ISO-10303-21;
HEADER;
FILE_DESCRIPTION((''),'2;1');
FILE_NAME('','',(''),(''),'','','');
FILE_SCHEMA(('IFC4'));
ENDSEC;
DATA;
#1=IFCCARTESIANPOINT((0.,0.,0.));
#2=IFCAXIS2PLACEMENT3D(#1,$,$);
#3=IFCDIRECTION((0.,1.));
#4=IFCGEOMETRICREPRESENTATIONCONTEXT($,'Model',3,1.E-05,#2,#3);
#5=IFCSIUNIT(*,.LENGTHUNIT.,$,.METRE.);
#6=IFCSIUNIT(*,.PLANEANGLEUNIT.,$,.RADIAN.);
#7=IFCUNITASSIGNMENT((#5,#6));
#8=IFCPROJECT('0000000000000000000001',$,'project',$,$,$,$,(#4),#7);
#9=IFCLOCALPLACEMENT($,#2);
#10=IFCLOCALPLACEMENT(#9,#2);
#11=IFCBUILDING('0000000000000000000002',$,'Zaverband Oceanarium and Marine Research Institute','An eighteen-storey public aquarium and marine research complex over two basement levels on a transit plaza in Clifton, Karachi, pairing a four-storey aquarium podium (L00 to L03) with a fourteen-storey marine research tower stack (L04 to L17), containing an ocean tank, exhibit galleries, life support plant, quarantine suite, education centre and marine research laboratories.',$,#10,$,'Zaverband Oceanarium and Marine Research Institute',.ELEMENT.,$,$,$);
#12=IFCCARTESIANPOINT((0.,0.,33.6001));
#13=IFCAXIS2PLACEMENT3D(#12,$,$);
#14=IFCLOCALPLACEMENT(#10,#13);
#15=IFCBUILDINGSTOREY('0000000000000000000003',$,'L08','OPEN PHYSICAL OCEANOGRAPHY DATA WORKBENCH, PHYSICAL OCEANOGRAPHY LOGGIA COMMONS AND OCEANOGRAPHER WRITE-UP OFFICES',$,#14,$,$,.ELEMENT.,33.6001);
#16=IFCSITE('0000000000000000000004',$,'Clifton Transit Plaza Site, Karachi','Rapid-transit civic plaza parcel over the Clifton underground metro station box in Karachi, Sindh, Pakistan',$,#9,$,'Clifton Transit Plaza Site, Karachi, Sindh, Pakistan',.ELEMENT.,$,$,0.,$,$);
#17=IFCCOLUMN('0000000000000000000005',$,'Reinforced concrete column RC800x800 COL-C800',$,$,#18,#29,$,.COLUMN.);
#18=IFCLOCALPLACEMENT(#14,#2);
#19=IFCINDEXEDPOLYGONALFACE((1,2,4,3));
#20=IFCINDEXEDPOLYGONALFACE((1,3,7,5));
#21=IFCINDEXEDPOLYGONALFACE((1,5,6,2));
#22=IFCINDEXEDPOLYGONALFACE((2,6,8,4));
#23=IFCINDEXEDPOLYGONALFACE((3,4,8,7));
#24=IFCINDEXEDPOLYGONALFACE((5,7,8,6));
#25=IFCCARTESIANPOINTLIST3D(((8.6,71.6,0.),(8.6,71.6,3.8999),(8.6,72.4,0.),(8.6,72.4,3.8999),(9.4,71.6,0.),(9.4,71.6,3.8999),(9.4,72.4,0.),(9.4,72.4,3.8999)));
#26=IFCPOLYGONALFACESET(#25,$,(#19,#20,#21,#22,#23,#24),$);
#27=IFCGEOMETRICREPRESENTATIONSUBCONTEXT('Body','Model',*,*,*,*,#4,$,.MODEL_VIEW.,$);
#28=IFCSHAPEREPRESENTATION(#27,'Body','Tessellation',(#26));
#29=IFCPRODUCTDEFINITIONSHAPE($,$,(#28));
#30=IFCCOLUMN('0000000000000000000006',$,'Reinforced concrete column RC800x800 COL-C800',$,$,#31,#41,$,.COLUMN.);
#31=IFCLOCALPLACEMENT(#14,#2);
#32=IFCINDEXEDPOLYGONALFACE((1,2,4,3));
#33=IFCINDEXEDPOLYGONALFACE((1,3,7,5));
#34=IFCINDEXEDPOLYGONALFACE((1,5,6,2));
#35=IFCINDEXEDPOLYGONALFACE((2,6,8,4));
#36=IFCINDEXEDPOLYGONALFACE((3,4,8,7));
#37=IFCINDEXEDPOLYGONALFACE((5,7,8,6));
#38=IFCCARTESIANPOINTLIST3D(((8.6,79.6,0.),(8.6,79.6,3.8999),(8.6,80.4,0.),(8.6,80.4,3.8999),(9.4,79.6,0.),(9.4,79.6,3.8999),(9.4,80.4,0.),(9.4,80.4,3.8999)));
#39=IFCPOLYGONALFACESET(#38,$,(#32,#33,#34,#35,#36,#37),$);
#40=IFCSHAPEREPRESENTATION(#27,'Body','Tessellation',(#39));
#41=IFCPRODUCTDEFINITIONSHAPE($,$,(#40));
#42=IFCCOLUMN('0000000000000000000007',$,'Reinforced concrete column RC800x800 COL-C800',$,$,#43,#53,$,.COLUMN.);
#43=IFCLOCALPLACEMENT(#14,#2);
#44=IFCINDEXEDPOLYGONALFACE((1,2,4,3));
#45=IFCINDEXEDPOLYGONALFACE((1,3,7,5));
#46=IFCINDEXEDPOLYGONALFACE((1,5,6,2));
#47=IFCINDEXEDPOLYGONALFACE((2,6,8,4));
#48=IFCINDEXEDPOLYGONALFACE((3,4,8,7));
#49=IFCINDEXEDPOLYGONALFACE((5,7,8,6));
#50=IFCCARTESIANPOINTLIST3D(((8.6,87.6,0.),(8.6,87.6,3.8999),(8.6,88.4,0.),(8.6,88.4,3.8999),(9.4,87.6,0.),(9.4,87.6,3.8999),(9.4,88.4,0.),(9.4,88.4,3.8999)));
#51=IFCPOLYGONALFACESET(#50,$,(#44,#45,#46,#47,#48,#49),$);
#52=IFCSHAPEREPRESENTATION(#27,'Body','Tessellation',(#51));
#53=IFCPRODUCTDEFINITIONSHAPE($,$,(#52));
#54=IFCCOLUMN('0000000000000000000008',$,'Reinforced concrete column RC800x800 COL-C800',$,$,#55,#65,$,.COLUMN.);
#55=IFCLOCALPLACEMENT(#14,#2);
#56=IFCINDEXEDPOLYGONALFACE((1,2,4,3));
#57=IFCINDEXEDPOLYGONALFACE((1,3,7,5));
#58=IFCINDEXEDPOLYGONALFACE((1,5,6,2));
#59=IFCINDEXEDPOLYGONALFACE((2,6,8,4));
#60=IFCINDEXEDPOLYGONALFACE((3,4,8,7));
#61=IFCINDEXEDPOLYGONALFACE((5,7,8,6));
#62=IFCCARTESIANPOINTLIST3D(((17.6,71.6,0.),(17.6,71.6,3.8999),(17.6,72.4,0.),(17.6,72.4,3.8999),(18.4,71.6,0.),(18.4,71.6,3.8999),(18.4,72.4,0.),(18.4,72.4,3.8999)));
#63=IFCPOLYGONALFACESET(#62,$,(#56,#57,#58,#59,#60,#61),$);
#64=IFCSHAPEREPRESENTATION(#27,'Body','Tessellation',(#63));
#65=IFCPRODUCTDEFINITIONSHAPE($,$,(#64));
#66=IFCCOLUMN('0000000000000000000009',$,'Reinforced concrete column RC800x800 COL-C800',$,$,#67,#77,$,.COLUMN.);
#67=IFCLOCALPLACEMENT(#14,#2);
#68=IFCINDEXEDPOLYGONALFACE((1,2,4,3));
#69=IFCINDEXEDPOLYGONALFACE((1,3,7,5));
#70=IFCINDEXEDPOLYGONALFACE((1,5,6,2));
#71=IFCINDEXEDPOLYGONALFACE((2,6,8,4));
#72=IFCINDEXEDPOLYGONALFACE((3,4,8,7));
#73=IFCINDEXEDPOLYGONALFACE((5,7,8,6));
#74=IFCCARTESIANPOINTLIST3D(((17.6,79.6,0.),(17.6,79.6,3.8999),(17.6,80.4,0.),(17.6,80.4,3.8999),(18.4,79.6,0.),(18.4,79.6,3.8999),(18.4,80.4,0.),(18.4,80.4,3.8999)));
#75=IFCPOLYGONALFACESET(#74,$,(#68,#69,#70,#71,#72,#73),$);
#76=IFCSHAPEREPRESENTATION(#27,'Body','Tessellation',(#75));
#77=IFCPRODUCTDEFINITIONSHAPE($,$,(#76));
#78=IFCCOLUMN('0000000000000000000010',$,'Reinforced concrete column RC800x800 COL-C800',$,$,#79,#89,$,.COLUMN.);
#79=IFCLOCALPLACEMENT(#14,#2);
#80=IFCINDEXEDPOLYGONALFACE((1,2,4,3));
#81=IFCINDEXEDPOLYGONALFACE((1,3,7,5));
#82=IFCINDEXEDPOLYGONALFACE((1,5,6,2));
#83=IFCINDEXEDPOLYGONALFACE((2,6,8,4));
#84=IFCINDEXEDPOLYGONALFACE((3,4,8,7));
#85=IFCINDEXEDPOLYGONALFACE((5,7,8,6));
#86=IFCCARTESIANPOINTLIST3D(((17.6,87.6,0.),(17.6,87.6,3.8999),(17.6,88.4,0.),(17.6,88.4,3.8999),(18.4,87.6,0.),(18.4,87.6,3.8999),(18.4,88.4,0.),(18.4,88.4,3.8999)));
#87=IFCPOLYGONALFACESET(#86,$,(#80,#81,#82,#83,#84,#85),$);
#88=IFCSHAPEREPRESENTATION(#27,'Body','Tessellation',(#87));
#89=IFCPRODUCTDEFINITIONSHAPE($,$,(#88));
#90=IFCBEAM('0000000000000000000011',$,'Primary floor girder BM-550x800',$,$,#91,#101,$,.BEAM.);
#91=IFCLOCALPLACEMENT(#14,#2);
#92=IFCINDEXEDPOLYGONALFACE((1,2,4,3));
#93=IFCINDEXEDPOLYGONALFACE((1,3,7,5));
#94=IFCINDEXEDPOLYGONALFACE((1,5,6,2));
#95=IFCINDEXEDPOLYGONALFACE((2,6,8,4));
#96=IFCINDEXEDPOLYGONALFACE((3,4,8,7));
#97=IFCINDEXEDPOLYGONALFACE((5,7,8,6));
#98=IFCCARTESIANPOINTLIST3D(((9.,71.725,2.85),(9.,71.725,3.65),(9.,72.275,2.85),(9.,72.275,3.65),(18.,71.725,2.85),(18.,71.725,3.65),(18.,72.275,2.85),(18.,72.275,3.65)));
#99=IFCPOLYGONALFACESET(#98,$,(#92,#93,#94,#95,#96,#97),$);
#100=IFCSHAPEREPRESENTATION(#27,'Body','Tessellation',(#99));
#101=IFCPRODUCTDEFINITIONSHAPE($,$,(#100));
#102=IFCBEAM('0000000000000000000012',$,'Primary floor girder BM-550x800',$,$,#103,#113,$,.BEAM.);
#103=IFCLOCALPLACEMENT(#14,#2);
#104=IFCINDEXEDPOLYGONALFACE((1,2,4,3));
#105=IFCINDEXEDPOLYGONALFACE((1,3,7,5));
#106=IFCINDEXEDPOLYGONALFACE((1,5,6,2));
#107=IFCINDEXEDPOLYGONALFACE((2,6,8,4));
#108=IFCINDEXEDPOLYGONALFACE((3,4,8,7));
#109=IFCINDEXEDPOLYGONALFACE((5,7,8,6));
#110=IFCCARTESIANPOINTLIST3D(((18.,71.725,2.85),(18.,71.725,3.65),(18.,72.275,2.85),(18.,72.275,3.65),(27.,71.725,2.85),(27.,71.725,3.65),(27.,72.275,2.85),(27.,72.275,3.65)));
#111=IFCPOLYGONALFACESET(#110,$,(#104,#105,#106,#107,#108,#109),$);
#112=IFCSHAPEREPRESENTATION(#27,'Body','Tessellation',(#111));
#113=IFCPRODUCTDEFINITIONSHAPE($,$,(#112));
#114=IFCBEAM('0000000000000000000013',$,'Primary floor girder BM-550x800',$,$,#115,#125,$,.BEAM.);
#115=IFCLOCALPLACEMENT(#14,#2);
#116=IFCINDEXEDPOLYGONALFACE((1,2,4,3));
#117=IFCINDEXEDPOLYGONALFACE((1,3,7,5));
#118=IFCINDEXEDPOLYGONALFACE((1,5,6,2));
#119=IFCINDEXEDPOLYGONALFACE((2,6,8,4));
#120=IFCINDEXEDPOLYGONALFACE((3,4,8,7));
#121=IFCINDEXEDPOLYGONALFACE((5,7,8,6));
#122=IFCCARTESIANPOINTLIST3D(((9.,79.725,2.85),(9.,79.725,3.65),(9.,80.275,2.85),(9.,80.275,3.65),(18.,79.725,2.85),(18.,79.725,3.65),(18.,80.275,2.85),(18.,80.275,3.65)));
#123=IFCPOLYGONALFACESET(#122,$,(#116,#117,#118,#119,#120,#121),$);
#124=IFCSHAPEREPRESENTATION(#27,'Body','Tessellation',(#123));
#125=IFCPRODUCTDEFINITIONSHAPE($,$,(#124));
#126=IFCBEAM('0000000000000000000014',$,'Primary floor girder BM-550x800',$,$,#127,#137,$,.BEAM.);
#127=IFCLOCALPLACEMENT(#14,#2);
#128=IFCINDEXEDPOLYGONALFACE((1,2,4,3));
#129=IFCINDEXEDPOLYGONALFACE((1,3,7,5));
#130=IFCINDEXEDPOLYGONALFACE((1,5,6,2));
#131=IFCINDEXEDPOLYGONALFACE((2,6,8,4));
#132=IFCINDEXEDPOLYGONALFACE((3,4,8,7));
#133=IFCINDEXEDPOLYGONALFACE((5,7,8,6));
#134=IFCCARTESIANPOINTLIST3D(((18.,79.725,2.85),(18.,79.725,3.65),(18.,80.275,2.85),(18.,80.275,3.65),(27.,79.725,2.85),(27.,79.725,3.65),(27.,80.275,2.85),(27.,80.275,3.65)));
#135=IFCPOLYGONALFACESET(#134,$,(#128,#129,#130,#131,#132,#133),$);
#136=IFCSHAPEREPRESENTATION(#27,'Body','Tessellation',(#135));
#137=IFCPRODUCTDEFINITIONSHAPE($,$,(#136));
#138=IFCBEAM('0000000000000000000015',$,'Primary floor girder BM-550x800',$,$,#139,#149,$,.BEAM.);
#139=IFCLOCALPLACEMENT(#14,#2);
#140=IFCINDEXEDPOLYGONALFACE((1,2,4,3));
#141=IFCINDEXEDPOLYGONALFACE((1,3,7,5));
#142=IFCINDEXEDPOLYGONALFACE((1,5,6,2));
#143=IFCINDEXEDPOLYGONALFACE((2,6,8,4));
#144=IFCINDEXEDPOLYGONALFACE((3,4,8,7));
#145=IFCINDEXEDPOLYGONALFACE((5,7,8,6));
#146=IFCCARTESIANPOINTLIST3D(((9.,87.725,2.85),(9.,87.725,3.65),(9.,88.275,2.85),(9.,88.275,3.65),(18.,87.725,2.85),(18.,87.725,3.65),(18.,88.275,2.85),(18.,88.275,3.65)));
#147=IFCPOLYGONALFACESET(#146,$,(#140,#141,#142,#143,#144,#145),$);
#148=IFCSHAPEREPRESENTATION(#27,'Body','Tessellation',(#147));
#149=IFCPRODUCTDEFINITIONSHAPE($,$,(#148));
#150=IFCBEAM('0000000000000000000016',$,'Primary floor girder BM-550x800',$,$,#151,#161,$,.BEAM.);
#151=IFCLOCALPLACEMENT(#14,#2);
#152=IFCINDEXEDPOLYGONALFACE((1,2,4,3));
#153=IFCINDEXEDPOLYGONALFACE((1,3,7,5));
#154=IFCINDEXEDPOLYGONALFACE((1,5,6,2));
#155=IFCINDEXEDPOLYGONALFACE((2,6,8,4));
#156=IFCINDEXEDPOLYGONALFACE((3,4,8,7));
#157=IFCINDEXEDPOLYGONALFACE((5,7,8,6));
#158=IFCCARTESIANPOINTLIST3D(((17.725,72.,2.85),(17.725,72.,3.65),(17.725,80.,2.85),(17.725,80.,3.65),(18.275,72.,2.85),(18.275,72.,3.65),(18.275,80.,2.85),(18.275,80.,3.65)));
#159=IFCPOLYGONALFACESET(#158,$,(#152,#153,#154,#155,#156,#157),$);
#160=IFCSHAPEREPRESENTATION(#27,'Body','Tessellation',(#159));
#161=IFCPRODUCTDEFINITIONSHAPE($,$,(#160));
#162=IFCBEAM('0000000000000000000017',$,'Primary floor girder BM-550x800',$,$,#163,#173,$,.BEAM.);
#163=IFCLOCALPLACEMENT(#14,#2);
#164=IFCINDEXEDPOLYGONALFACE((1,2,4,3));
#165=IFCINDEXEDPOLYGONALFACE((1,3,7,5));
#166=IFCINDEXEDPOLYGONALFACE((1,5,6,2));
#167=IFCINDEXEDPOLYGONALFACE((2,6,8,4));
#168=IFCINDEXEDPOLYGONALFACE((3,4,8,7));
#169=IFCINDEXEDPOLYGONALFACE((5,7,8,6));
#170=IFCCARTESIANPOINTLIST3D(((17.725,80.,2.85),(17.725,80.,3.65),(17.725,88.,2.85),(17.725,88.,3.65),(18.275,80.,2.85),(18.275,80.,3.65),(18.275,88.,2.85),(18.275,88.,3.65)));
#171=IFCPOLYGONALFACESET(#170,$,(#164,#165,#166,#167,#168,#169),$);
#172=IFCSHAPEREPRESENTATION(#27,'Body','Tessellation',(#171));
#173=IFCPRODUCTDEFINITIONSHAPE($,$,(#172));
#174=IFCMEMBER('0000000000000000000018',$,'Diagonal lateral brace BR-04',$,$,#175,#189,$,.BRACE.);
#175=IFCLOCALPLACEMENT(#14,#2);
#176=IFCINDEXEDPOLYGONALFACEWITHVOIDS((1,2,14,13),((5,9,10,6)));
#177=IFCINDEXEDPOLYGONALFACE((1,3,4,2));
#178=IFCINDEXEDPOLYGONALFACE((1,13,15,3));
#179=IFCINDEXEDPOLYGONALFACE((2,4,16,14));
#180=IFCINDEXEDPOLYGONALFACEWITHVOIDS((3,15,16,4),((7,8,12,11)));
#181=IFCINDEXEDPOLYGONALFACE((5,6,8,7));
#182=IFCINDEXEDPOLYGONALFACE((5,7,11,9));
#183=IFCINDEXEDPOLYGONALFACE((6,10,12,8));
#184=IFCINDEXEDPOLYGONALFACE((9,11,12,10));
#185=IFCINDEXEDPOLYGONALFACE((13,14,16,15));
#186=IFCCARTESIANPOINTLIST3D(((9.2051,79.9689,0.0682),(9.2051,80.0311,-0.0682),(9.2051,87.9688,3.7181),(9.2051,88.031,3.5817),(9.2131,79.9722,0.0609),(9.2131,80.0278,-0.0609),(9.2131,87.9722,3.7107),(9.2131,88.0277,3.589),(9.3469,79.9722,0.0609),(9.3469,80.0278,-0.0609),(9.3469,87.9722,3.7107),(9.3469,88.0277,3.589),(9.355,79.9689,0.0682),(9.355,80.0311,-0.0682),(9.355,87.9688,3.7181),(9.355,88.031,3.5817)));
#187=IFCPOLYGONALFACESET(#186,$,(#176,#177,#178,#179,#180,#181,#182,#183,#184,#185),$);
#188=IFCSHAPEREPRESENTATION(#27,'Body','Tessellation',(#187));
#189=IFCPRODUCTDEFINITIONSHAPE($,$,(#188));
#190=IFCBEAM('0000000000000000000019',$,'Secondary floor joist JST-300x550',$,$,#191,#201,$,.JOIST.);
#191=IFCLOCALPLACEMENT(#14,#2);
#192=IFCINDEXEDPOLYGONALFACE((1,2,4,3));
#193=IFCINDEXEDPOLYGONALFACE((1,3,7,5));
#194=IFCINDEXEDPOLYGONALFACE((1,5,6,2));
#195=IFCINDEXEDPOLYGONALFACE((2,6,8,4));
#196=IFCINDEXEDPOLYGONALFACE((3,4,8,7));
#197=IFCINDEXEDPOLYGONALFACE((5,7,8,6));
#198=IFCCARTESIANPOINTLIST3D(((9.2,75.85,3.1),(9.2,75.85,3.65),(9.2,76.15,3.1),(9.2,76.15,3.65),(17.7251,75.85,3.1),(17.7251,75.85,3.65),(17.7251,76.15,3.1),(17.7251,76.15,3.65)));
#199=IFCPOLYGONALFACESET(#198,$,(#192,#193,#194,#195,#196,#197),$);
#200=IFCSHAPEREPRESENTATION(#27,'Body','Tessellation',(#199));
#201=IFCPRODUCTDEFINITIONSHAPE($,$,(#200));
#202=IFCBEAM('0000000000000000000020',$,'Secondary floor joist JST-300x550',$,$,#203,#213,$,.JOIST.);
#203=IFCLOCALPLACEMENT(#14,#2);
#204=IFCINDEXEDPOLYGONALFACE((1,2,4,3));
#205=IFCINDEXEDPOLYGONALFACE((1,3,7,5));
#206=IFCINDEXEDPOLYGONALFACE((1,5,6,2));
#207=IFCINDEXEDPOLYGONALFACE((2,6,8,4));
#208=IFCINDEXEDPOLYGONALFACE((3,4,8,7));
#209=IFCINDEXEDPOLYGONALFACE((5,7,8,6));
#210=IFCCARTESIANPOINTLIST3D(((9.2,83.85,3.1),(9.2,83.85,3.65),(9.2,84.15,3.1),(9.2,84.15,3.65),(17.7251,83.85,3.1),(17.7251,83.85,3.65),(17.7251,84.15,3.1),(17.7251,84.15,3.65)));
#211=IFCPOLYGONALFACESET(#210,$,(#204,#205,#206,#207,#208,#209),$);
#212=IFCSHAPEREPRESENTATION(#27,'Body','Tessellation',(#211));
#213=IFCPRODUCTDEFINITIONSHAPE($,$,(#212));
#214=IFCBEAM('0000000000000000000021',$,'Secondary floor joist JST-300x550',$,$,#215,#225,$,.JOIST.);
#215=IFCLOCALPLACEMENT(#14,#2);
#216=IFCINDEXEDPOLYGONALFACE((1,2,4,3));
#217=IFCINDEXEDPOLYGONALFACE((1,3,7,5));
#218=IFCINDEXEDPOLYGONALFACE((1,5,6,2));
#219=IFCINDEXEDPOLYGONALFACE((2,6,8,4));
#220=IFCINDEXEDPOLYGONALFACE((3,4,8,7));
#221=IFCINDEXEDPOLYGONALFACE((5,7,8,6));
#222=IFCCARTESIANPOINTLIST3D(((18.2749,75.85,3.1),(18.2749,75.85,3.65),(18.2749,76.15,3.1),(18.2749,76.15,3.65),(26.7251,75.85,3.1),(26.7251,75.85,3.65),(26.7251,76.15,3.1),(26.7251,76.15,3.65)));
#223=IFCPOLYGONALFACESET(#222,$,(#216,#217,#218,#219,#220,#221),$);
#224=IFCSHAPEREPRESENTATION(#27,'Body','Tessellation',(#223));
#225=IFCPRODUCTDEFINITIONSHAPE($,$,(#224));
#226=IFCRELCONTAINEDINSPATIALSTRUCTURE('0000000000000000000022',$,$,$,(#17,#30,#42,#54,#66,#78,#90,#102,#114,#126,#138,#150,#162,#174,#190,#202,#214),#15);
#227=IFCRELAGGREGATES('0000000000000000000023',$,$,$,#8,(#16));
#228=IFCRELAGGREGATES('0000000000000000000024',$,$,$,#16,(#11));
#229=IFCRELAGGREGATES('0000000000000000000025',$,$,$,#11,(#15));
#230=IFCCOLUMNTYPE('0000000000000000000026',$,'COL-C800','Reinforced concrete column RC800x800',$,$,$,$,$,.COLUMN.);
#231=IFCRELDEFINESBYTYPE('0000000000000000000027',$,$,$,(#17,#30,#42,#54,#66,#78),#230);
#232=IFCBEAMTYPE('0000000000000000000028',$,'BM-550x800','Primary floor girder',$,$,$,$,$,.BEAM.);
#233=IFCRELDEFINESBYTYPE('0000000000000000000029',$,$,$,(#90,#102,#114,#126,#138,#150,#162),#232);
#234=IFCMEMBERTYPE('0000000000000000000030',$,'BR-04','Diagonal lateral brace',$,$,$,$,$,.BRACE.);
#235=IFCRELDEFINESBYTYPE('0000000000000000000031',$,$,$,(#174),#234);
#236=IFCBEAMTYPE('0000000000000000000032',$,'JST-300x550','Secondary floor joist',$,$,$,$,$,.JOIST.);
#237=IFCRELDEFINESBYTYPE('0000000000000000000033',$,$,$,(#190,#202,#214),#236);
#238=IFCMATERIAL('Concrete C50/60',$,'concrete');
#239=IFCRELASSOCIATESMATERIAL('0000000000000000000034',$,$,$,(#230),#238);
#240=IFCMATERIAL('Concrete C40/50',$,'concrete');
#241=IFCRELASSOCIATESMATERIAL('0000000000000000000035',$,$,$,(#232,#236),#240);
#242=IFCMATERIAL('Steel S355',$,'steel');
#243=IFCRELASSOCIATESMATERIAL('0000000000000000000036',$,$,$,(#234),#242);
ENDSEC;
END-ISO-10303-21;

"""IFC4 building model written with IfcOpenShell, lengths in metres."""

from ifc_helpers import new_model, si_unit, direction, frame, origin, origin_2d, place, context, subcontext, project, spatial, rectangle, hollow_rectangle, extrude, material, material_profile, profile_set, type_object, element, save


model = new_model("IFC4")

# Units and contexts
model_context = context("Model", 3, precision=1e-05, world=origin(), true_north=direction((0.0, 1.0)))
body_context = subcontext(model_context, "Body", "Model", "MODEL_VIEW")
ifc_project = project(units=[si_unit("LENGTHUNIT", "METRE"), si_unit("PLANEANGLEUNIT", "RADIAN")], contexts=[model_context])

# Site, building, storey
site_placement = place(None, origin())
site = spatial("IfcSite", under=ifc_project, at=site_placement, Name="Clifton Transit Plaza Site, Karachi", Description="Rapid-transit civic plaza parcel over the Clifton underground metro station box in Karachi, Sindh, Pakistan", LongName="Clifton Transit Plaza Site, Karachi, Sindh, Pakistan", CompositionType="ELEMENT", RefElevation=0.0)
building_placement = place(site_placement, origin())
building = spatial("IfcBuilding", under=site, at=building_placement, Name="Zaverband Oceanarium and Marine Research Institute", Description="An eighteen-storey public aquarium and marine research complex over two basement levels on a transit plaza in Clifton, Karachi, pairing a four-storey aquarium podium (L00 to L03) with a fourteen-storey marine research tower stack (L04 to L17), containing an ocean tank, exhibit galleries, life support plant, quarantine suite, education centre and marine research laboratories.", LongName="Zaverband Oceanarium and Marine Research Institute", CompositionType="ELEMENT")
storey_placement = place(building_placement, frame((0.0, 0.0, 33.6001)))
storey = spatial("IfcBuildingStorey", under=building, at=storey_placement, Name="L08", Description="OPEN PHYSICAL OCEANOGRAPHY DATA WORKBENCH, PHYSICAL OCEANOGRAPHY LOGGIA COMMONS AND OCEANOGRAPHER WRITE-UP OFFICES", CompositionType="ELEMENT", Elevation=33.6001)

# Columns
ifc_material_1 = material(Name="Concrete C50/60", Category="concrete")
ifc_material_profile_1 = material_profile(ifc_material_1, rectangle(XDim=0.8, YDim=0.8, at=origin_2d()), Name="RC800x800")
ifc_profile_set_1 = profile_set([ifc_material_profile_1], Name="Concrete C50/60")
column_type = type_object("IfcColumnType", Name="COL-C800", Description="Reinforced concrete column RC800x800", PredefinedType="COLUMN", material=ifc_profile_set_1)
for number, where, z_axis, x_axis, name in (
    (1, (9.0, 72.0, 0.0), (0.0, 0.0, 1.0), (1.0, 0.0, 0.0), "Reinforced concrete column RC800x800 COL-C800"),
    (2, (9.0, 80.0, 0.0), (0.0, 0.0, 1.0), (1.0, 0.0, 0.0), "Reinforced concrete column RC800x800 COL-C800"),
    (3, (9.0, 88.0, 0.0), (0.0, 0.0, 1.0), (1.0, 0.0, 0.0), "Reinforced concrete column RC800x800 COL-C800"),
    (4, (18.0, 72.0, 0.0), (0.0, 0.0, 1.0), (1.0, 0.0, 0.0), "Reinforced concrete column RC800x800 COL-C800"),
    (5, (18.0, 80.0, 0.0), (0.0, 0.0, 1.0), (1.0, 0.0, 0.0), "Reinforced concrete column RC800x800 COL-C800"),
    (6, (18.0, 88.0, 0.0), (0.0, 0.0, 1.0), (1.0, 0.0, 0.0), "Reinforced concrete column RC800x800 COL-C800"),
):
    element("IfcColumn", number, at=place(storey_placement, frame(where, z_axis=z_axis, x_axis=x_axis)), inside=storey, type_object=column_type, Name=name, PredefinedType="COLUMN", context=body_context, shape_type="SweptSolid", body=[
        extrude(rectangle(XDim=0.8, YDim=0.8, at=origin_2d()), origin(), (0.0, 0.0, 1.0), 3.8999),
    ])

# Beams
ifc_material_2 = material(Name="Concrete C40/50", Category="concrete")
ifc_material_profile_2 = material_profile(ifc_material_2, rectangle(XDim=0.55, YDim=0.8, at=origin_2d()), Name="RC550x800")
ifc_profile_set_2 = profile_set([ifc_material_profile_2], Name="Concrete C40/50")
beam_type_1 = type_object("IfcBeamType", Name="BM-550x800", Description="Primary floor girder", PredefinedType="BEAM", material=ifc_profile_set_2)
for number, where, z_axis, x_axis, name in (
    (7, (9.0, 72.0, 3.25), (1.0, 0.0, 0.0), (0.0, 1.0, 0.0), "Primary floor girder BM-550x800"),
    (8, (18.0, 72.0, 3.25), (1.0, 0.0, 0.0), (0.0, 1.0, 0.0), "Primary floor girder BM-550x800"),
    (9, (9.0, 80.0, 3.25), (1.0, 0.0, 0.0), (0.0, 1.0, 0.0), "Primary floor girder BM-550x800"),
    (10, (18.0, 80.0, 3.25), (1.0, 0.0, 0.0), (0.0, 1.0, 0.0), "Primary floor girder BM-550x800"),
    (11, (9.0, 88.0, 3.25), (1.0, 0.0, 0.0), (0.0, 1.0, 0.0), "Primary floor girder BM-550x800"),
):
    element("IfcBeam", number, at=place(storey_placement, frame(where, z_axis=z_axis, x_axis=x_axis)), inside=storey, type_object=beam_type_1, Name=name, PredefinedType="BEAM", context=body_context, shape_type="SweptSolid", body=[
        extrude(rectangle(XDim=0.55, YDim=0.8, at=origin_2d()), origin(), (0.0, 0.0, 1.0), 9.0),
    ])
for number, where, z_axis, x_axis, name in (
    (12, (18.0, 72.0, 3.25), (0.0, 1.0, 0.0), (-1.0, 0.0, 0.0), "Primary floor girder BM-550x800"),
    (13, (18.0, 80.0, 3.25), (0.0, 1.0, 0.0), (-1.0, 0.0, 0.0), "Primary floor girder BM-550x800"),
):
    element("IfcBeam", number, at=place(storey_placement, frame(where, z_axis=z_axis, x_axis=x_axis)), inside=storey, type_object=beam_type_1, Name=name, PredefinedType="BEAM", context=body_context, shape_type="SweptSolid", body=[
        extrude(rectangle(XDim=0.55, YDim=0.8, at=origin_2d()), origin(), (0.0, 0.0, 1.0), 8.0),
    ])

# Member
ifc_material_3 = material(Name="Steel S355", Category="steel")
ifc_material_profile_3 = material_profile(ifc_material_3, hollow_rectangle(XDim=0.1499, YDim=0.1499, WallThickness=0.0081, at=origin_2d()), Name="SHS150x150x8")
ifc_profile_set_3 = profile_set([ifc_material_profile_3], Name="Steel S355")
member_type_1 = type_object("IfcMemberType", Name="BR-04", Description="Diagonal lateral brace", PredefinedType="BRACE", material=ifc_profile_set_3)
member_1_placement = place(storey_placement, frame((9.28, 80.0, 0.0), z_axis=(0.0, 0.909786, 0.415079), x_axis=(-1.0, 0.0, 0.0)))
element("IfcMember", 14, at=member_1_placement, inside=storey, type_object=member_type_1, Name="Diagonal lateral brace BR-04", PredefinedType="BRACE", context=body_context, shape_type="SweptSolid", body=[
    extrude(hollow_rectangle(XDim=0.1499, YDim=0.1499, WallThickness=0.0081, at=origin_2d()), origin(), (0.0, 0.0, 1.0), 8.7932),
])

# Beams
ifc_material_profile_4 = material_profile(ifc_material_2, rectangle(XDim=0.3, YDim=0.55, at=origin_2d()), Name="RC300x550")
ifc_profile_set_4 = profile_set([ifc_material_profile_4], Name="Concrete C40/50")
beam_type_2 = type_object("IfcBeamType", Name="JST-300x550", Description="Secondary floor joist", PredefinedType="JOIST", material=ifc_profile_set_4)
for number, where, z_axis, x_axis, name in (
    (15, (9.2, 76.0, 3.375), (1.0, 0.0, 0.0), (0.0, 1.0, 0.0), "Secondary floor joist JST-300x550"),
    (16, (9.2, 84.0, 3.375), (1.0, 0.0, 0.0), (0.0, 1.0, 0.0), "Secondary floor joist JST-300x550"),
):
    element("IfcBeam", number, at=place(storey_placement, frame(where, z_axis=z_axis, x_axis=x_axis)), inside=storey, type_object=beam_type_2, Name=name, PredefinedType="JOIST", context=body_context, shape_type="SweptSolid", body=[
        extrude(rectangle(XDim=0.3, YDim=0.55, at=origin_2d()), origin(), (0.0, 0.0, 1.0), 8.5251),
    ])
beam_placement = place(storey_placement, frame((18.2749, 76.0, 3.375), z_axis=(1.0, 0.0, 0.0), x_axis=(0.0, 1.0, 0.0)))
element("IfcBeam", 17, at=beam_placement, inside=storey, type_object=beam_type_2, Name="Secondary floor joist JST-300x550", PredefinedType="JOIST", context=body_context, shape_type="SweptSolid", body=[
    extrude(rectangle(XDim=0.3, YDim=0.55, at=origin_2d()), origin(), (0.0, 0.0, 1.0), 8.4502),
])

save(model, "model.ifc")
